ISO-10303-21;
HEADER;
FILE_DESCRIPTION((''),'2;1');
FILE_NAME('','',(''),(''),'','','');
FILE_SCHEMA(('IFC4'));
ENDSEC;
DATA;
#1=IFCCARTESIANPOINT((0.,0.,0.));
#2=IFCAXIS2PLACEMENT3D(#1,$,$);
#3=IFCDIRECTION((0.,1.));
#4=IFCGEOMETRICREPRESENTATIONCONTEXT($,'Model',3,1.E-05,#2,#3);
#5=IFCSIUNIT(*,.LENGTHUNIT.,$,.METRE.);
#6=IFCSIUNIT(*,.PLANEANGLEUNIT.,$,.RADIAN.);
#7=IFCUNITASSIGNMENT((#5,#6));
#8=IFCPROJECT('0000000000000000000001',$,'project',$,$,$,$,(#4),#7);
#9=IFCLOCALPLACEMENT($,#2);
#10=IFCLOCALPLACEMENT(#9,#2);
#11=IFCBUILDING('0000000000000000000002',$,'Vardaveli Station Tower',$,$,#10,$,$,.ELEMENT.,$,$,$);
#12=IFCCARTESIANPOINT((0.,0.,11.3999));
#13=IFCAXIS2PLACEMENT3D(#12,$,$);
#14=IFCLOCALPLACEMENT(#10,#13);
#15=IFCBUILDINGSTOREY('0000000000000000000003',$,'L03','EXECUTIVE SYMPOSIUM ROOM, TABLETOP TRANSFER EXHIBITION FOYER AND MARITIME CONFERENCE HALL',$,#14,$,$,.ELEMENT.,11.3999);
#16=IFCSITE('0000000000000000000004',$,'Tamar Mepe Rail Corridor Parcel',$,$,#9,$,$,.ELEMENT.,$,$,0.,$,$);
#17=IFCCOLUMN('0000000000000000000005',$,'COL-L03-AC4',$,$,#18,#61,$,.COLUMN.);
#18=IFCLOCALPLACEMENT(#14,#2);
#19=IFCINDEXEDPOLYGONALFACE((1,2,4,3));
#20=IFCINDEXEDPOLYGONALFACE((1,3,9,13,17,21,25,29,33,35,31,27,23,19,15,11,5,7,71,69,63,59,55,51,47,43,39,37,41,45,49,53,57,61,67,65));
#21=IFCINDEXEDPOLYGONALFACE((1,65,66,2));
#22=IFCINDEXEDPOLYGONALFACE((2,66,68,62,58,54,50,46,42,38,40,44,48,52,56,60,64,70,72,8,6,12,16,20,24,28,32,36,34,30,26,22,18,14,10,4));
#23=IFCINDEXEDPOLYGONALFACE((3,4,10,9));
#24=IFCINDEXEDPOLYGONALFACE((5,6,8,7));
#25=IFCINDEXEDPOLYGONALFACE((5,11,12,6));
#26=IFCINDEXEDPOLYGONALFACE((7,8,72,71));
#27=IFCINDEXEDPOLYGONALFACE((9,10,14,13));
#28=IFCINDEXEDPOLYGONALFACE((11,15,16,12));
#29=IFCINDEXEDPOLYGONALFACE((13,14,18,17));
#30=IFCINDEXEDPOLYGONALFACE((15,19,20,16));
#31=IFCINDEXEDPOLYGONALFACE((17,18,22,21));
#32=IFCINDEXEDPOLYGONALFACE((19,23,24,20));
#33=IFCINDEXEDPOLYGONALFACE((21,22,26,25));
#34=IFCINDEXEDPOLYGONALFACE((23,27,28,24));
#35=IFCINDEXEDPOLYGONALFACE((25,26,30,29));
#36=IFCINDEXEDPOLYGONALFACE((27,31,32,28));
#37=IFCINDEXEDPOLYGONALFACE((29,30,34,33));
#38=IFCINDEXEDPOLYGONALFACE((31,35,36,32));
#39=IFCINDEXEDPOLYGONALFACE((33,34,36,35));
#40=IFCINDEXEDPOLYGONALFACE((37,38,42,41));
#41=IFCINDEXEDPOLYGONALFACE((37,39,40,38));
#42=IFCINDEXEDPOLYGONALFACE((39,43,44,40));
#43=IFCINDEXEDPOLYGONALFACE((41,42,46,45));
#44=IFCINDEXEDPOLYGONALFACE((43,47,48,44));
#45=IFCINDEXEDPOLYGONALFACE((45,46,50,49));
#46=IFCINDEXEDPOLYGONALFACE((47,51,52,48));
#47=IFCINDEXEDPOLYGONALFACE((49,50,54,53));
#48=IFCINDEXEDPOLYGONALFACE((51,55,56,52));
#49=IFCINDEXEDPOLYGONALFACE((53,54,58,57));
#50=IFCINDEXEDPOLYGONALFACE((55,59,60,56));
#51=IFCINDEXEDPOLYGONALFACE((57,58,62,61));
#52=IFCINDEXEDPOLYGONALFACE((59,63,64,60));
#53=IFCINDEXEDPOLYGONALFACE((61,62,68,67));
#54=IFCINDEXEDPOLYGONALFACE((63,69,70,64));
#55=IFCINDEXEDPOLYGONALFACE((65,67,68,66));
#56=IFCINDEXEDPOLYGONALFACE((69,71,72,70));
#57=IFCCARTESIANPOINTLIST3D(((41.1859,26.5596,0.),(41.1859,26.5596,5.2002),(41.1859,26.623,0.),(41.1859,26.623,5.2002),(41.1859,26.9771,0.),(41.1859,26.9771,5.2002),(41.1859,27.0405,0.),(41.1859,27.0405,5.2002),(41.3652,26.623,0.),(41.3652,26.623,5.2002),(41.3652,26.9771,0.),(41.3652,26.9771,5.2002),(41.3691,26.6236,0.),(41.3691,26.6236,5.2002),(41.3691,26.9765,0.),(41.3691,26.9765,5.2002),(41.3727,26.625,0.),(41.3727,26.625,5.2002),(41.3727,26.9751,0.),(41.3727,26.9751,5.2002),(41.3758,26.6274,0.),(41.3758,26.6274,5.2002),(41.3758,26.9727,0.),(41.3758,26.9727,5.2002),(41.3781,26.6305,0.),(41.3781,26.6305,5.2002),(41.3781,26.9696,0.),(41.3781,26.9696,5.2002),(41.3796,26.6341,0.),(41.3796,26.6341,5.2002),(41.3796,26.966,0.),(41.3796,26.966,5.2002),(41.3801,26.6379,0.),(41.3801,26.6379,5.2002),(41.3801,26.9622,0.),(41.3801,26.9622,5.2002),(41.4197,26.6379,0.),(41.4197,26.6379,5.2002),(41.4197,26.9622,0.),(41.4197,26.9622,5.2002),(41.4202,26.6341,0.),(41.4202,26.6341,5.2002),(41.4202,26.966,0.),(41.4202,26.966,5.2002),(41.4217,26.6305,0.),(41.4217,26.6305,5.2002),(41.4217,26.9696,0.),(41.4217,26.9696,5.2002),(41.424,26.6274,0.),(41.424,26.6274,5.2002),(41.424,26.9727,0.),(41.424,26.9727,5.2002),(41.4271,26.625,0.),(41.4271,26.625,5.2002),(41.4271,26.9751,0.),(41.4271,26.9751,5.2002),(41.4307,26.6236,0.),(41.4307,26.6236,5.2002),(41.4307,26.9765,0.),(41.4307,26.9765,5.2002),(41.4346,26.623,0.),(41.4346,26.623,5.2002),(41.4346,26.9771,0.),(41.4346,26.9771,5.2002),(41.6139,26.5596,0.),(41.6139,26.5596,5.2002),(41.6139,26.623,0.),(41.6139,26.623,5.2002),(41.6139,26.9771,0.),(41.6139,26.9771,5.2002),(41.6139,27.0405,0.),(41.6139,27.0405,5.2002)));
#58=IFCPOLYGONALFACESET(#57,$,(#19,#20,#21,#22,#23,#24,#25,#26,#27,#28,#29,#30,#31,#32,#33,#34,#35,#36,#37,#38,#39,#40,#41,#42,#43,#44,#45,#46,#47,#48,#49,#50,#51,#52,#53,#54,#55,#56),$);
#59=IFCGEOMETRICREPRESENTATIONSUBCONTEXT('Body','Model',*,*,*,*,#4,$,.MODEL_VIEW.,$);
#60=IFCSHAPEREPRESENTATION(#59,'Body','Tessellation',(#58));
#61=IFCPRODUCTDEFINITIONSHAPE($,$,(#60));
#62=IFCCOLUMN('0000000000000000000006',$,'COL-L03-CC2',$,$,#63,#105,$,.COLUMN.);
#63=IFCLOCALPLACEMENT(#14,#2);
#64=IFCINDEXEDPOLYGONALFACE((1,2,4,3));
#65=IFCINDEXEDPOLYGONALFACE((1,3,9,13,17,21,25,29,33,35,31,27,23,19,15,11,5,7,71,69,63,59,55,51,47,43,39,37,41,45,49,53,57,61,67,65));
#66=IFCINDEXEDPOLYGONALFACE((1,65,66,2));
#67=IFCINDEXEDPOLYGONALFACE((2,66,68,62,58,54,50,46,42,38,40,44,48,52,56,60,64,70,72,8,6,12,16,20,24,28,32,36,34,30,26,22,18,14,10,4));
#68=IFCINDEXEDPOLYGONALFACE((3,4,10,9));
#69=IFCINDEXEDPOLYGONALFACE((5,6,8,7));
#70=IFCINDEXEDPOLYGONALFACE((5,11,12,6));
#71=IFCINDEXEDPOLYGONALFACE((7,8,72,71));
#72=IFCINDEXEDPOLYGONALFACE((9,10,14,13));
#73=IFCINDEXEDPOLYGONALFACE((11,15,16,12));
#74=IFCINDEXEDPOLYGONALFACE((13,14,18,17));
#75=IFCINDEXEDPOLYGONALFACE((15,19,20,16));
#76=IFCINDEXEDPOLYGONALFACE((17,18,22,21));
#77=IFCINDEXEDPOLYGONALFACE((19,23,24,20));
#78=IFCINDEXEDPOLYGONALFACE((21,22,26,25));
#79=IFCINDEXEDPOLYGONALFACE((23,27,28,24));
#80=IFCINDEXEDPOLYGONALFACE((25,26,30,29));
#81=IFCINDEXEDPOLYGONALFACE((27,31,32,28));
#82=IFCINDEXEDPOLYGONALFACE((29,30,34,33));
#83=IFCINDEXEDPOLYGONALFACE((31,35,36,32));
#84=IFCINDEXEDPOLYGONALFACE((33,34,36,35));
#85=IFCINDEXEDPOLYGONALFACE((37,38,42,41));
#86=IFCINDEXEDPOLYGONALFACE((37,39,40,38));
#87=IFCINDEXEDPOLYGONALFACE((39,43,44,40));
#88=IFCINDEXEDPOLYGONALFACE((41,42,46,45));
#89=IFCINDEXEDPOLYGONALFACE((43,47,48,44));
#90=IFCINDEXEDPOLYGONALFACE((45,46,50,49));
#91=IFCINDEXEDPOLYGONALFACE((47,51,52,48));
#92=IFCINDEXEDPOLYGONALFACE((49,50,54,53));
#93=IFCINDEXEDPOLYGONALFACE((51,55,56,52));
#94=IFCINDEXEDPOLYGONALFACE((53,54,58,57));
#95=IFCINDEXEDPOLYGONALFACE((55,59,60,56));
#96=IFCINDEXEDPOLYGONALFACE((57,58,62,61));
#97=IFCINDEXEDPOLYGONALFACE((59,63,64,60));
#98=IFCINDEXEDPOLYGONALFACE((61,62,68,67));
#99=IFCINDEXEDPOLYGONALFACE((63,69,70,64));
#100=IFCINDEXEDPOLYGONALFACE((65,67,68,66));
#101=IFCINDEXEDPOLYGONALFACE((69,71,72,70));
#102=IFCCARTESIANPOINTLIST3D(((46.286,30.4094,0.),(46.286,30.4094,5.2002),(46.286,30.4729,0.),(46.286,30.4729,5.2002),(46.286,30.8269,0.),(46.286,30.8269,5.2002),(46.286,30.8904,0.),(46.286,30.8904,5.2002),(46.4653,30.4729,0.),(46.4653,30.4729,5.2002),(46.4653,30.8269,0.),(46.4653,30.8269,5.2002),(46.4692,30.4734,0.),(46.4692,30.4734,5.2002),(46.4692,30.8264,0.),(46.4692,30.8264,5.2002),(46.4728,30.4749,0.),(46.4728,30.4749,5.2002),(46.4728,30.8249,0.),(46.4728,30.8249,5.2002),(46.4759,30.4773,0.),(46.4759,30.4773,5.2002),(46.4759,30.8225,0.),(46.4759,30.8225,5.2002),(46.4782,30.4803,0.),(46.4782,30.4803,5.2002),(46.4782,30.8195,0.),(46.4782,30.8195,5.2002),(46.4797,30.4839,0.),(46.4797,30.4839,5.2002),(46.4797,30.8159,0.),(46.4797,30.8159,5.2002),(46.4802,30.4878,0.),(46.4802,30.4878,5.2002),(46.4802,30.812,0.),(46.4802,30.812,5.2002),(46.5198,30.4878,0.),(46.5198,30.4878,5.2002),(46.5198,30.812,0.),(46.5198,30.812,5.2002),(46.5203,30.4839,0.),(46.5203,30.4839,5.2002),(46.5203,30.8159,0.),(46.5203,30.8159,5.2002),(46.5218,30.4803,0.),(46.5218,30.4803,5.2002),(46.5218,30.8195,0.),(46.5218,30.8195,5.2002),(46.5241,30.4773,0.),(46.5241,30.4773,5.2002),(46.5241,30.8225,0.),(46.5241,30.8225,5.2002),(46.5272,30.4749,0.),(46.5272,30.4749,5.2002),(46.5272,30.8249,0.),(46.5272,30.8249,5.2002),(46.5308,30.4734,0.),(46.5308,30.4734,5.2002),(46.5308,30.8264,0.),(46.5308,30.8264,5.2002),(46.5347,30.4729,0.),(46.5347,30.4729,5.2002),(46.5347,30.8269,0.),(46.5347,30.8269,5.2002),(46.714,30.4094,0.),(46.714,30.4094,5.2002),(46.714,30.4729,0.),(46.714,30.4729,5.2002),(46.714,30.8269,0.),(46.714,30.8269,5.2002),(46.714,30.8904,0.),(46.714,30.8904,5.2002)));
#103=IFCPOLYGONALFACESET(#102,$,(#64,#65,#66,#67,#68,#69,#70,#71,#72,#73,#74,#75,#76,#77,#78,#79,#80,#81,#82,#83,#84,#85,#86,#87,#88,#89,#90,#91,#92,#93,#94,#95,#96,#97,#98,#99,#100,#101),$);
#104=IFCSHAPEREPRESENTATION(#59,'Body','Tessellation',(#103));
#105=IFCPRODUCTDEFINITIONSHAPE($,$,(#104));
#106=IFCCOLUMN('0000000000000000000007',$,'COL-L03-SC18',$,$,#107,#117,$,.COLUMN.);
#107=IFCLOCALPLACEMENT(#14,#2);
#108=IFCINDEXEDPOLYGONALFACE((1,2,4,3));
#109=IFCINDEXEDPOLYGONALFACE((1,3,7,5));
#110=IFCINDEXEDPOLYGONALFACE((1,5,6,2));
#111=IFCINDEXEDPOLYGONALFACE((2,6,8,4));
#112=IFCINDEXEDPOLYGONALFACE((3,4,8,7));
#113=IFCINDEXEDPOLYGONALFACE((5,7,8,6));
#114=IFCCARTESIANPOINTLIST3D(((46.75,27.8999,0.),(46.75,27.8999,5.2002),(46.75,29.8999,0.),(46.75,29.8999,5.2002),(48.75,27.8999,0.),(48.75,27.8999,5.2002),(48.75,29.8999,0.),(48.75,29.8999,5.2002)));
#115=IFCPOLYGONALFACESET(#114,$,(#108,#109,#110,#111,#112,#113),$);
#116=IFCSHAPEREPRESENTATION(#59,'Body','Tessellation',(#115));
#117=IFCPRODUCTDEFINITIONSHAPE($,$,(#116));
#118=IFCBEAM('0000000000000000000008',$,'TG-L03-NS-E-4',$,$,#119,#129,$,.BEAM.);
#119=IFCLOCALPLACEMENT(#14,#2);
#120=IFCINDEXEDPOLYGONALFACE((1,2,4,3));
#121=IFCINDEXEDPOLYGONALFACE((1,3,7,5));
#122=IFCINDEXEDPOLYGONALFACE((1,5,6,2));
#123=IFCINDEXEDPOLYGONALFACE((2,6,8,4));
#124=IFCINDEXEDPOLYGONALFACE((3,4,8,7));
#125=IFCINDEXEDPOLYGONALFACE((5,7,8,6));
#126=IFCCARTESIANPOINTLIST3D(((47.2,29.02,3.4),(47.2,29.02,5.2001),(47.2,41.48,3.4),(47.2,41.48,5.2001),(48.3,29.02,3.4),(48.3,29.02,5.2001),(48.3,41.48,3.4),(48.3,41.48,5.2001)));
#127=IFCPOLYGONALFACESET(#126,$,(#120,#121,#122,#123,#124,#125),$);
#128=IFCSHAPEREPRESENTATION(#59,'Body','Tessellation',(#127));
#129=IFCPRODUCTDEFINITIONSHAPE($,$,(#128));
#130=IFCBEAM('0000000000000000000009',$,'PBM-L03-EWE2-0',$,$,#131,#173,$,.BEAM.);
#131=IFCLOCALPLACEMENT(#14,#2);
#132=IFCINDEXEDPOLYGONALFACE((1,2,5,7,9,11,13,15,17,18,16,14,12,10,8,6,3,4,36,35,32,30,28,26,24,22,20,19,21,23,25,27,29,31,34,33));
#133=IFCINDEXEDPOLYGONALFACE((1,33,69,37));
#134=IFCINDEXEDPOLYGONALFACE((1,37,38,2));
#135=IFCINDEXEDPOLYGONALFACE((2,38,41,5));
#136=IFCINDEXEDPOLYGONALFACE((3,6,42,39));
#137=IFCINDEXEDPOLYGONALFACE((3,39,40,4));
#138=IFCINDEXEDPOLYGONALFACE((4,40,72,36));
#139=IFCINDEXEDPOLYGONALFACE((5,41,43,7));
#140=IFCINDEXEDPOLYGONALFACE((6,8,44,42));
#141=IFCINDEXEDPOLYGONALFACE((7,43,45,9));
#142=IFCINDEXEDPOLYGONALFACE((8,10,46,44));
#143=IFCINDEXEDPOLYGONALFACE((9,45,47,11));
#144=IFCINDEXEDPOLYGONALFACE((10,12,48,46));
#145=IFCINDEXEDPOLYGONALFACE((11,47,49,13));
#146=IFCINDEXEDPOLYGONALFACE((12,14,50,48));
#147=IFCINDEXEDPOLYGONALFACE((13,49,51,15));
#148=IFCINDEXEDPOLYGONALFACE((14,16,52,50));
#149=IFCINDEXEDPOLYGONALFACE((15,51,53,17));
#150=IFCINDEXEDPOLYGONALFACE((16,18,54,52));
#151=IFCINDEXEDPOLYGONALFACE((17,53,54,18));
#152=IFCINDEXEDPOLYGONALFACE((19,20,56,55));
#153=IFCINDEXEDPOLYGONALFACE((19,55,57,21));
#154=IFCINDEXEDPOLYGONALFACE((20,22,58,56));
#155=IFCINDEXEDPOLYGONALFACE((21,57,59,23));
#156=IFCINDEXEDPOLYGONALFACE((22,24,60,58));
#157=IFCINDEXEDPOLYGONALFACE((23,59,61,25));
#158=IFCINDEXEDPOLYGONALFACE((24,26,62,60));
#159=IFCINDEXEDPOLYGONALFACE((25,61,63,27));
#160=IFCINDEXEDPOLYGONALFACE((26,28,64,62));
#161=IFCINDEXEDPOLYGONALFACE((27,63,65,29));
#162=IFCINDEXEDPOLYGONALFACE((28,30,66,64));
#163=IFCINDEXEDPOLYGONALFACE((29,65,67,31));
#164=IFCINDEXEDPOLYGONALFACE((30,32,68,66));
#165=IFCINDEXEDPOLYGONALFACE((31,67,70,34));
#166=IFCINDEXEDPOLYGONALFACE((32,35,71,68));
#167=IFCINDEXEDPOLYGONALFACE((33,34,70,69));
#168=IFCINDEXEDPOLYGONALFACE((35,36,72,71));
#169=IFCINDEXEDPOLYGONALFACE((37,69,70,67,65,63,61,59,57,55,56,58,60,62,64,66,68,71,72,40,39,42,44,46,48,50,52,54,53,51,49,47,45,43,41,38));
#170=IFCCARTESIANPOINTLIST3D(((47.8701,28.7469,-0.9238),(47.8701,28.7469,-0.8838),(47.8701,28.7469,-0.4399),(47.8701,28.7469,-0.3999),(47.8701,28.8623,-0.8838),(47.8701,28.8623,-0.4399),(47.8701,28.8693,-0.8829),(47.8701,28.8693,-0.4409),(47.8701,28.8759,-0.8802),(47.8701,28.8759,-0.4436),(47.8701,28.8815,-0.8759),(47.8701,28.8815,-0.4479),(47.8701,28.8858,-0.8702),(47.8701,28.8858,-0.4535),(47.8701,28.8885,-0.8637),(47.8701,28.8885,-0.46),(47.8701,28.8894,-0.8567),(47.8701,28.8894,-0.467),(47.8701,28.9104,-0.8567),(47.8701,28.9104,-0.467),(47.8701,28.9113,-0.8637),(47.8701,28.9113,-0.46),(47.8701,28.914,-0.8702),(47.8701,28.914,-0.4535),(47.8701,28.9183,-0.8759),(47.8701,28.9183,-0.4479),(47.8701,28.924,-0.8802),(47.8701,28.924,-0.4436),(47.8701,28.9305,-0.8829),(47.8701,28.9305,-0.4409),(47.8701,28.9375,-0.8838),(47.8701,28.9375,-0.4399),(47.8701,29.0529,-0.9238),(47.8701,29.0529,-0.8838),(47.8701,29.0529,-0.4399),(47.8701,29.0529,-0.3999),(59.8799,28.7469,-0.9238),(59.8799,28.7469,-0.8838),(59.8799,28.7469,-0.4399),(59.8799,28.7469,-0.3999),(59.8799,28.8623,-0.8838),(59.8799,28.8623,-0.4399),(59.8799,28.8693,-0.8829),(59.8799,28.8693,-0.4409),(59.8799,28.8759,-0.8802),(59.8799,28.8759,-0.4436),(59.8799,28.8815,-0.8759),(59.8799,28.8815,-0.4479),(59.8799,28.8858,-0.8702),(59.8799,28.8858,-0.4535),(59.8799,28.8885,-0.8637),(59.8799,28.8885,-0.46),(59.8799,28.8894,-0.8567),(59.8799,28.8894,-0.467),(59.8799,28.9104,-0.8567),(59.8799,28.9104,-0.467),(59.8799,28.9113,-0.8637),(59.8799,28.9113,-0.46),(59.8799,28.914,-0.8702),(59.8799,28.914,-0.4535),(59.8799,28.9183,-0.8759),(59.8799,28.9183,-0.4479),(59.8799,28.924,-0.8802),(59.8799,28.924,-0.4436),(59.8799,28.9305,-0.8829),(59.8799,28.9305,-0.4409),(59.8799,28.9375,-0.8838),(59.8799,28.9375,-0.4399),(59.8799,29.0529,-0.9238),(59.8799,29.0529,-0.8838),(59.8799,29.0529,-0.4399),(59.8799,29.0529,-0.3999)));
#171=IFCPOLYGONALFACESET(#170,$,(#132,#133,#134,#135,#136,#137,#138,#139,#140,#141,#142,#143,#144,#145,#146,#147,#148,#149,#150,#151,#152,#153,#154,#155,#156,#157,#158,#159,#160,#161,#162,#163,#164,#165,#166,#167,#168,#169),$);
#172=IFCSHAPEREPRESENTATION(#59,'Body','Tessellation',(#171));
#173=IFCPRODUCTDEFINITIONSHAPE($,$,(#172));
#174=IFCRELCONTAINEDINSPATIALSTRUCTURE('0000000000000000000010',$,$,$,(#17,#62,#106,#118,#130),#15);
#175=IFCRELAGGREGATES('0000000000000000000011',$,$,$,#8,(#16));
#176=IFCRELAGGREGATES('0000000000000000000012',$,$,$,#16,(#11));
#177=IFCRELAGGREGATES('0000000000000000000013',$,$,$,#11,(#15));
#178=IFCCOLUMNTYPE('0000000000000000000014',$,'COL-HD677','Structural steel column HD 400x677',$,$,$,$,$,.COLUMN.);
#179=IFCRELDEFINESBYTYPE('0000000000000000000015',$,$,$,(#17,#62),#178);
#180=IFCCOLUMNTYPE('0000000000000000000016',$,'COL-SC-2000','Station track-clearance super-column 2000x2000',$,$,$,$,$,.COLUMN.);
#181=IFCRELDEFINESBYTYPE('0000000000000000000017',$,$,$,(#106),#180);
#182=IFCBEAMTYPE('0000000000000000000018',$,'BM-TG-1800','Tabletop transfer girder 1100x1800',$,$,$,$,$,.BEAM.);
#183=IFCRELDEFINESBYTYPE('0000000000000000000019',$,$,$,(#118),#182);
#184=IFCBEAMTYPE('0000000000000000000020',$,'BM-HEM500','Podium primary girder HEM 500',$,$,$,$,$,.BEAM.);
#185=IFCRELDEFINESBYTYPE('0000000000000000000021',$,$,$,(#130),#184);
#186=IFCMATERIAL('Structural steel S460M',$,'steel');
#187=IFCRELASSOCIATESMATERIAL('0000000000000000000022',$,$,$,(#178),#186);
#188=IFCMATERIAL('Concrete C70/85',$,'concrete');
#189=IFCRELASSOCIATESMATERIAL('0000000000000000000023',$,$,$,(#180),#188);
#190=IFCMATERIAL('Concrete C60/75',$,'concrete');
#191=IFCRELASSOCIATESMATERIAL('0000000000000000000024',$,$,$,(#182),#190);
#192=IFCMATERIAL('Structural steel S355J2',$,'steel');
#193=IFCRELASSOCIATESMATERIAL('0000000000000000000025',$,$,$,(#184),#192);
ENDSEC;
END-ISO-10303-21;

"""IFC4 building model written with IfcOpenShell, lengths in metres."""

from ifc_helpers import new_model, si_unit, direction, frame, origin, origin_2d, place, context, subcontext, project, spatial, rectangle, i_section, extrude, source, transform, mapped, material, material_profile, profile_set, type_object, element, save


model = new_model("IFC4")

# Units and contexts
model_context = context("Model", 3, precision=1e-05, world=origin(), true_north=direction((0.0, 1.0)))
body_context = subcontext(model_context, "Body", "Model", "MODEL_VIEW")
ifc_project = project(units=[si_unit("LENGTHUNIT", "METRE"), si_unit("PLANEANGLEUNIT", "RADIAN")], contexts=[model_context])

# Site, building, storey
site_placement = place(None, origin())
site = spatial("IfcSite", under=ifc_project, at=site_placement, Name="Tamar Mepe Rail Corridor Parcel", CompositionType="ELEMENT", RefElevation=0.0)
building_placement = place(site_placement, origin())
building = spatial("IfcBuilding", under=site, at=building_placement, Name="Vardaveli Station Tower", CompositionType="ELEMENT")
storey_placement = place(building_placement, frame((0.0, 0.0, 11.3999)))
storey = spatial("IfcBuildingStorey", under=building, at=storey_placement, Name="L03", Description="EXECUTIVE SYMPOSIUM ROOM, TABLETOP TRANSFER EXHIBITION FOYER AND MARITIME CONFERENCE HALL", CompositionType="ELEMENT", Elevation=11.3999)

# Columns
ifc_material_1 = material(Name="Structural steel S460M", Category="steel")
ifc_material_profile_1 = material_profile(ifc_material_1, i_section(OverallWidth=0.428, OverallDepth=0.481, WebThickness=0.0396, FlangeThickness=0.0635, FilletRadius=0.0149, at=origin_2d()), Name="HD 400x677")
ifc_profile_set_1 = profile_set([ifc_material_profile_1], Name="Structural steel S460M")
column_type_1 = type_object("IfcColumnType", Name="COL-HD677", Description="Structural steel column HD 400x677", PredefinedType="COLUMN", material=ifc_profile_set_1)
shared_shape_1 = source(origin(), body_context, "Body", "SweptSolid", [
    extrude(i_section(OverallWidth=0.428, OverallDepth=0.481, WebThickness=0.0396, FlangeThickness=0.0635, FilletRadius=0.0149, at=origin_2d()), origin(), (0.0, 0.0, 1.0), 5.2002),
])
for number, where, z_axis, x_axis, name in (
    (1, (41.3999, 26.8, 0.0), (0.0, 0.0, 1.0), (1.0, 0.0, 0.0), "COL-L03-AC4"),
    (2, (46.5, 30.6499, 0.0), (0.0, 0.0, 1.0), (1.0, 0.0, 0.0), "COL-L03-CC2"),
):
    element("IfcColumn", number, at=place(storey_placement, frame(where, z_axis=z_axis, x_axis=x_axis)), inside=storey, type_object=column_type_1, Name=name, PredefinedType="COLUMN", context=body_context, shape_type="MappedRepresentation", body=[
        mapped(shared_shape_1, transform((0.0, 0.0, 0.0), scale=1.0)),
    ])
ifc_material_2 = material(Name="Concrete C70/85", Category="concrete")
ifc_material_profile_2 = material_profile(ifc_material_2, rectangle(XDim=2.0, YDim=2.0, at=origin_2d()), Name="SC 2000x2000")
ifc_profile_set_2 = profile_set([ifc_material_profile_2], Name="Concrete C70/85")
column_type_2 = type_object("IfcColumnType", Name="COL-SC-2000", Description="Station track-clearance super-column 2000x2000", PredefinedType="COLUMN", material=ifc_profile_set_2)
shared_shape_2 = source(origin(), body_context, "Body", "SweptSolid", [
    extrude(rectangle(XDim=2.0, YDim=2.0, at=origin_2d()), origin(), (0.0, 0.0, 1.0), 5.2002),
])
column_placement = place(storey_placement, frame((47.75, 28.8999, 0.0), z_axis=(0.0, 0.0, 1.0), x_axis=(1.0, 0.0, 0.0)))
element("IfcColumn", 3, at=column_placement, inside=storey, type_object=column_type_2, Name="COL-L03-SC18", PredefinedType="COLUMN", context=body_context, shape_type="MappedRepresentation", body=[
    mapped(shared_shape_2, transform((0.0, 0.0, 0.0), scale=1.0)),
])

# Beams
ifc_material_3 = material(Name="Concrete C60/75", Category="concrete")
ifc_material_profile_3 = material_profile(ifc_material_3, rectangle(XDim=1.1001, YDim=1.8, at=origin_2d()), Name="TG 1100x1800")
ifc_profile_set_3 = profile_set([ifc_material_profile_3], Name="Concrete C60/75")
beam_type_1 = type_object("IfcBeamType", Name="BM-TG-1800", Description="Tabletop transfer girder 1100x1800", PredefinedType="BEAM", material=ifc_profile_set_3)
shared_shape_3 = source(origin(), body_context, "Body", "SweptSolid", [
    extrude(rectangle(XDim=1.1001, YDim=1.8, at=origin_2d()), origin(), (0.0, 0.0, 1.0), 12.46),
])
beam_1_placement = place(storey_placement, frame((47.75, 29.02, 4.3), z_axis=(0.0, 1.0, 0.0), x_axis=(-1.0, 0.0, 0.0)))
element("IfcBeam", 4, at=beam_1_placement, inside=storey, type_object=beam_type_1, Name="TG-L03-NS-E-4", PredefinedType="BEAM", context=body_context, shape_type="MappedRepresentation", body=[
    mapped(shared_shape_3, transform((0.0, 0.0, 0.0), scale=1.0)),
])
ifc_material_4 = material(Name="Structural steel S355J2", Category="steel")
ifc_material_profile_4 = material_profile(ifc_material_4, i_section(OverallWidth=0.3059, OverallDepth=0.5239, WebThickness=0.021, FlangeThickness=0.04, FilletRadius=0.0271, at=origin_2d()), Name="HEM 500")
ifc_profile_set_4 = profile_set([ifc_material_profile_4], Name="Structural steel S355J2")
beam_type_2 = type_object("IfcBeamType", Name="BM-HEM500", Description="Podium primary girder HEM 500", PredefinedType="BEAM", material=ifc_profile_set_4)
shared_shape_4 = source(origin(), body_context, "Body", "SweptSolid", [
    extrude(i_section(OverallWidth=0.3059, OverallDepth=0.5239, WebThickness=0.021, FlangeThickness=0.04, FilletRadius=0.0271, at=origin_2d()), origin(), (0.0, 0.0, 1.0), 12.0098),
])
beam_2_placement = place(storey_placement, frame((47.8701, 28.8999, -0.6619), z_axis=(1.0, 0.0, 0.0), x_axis=(0.0, 1.0, 0.0)))
element("IfcBeam", 5, at=beam_2_placement, inside=storey, type_object=beam_type_2, Name="PBM-L03-EWE2-0", PredefinedType="BEAM", context=body_context, shape_type="MappedRepresentation", body=[
    mapped(shared_shape_4, transform((0.0, 0.0, 0.0), scale=1.0)),
])

save(model, "model.ifc")
